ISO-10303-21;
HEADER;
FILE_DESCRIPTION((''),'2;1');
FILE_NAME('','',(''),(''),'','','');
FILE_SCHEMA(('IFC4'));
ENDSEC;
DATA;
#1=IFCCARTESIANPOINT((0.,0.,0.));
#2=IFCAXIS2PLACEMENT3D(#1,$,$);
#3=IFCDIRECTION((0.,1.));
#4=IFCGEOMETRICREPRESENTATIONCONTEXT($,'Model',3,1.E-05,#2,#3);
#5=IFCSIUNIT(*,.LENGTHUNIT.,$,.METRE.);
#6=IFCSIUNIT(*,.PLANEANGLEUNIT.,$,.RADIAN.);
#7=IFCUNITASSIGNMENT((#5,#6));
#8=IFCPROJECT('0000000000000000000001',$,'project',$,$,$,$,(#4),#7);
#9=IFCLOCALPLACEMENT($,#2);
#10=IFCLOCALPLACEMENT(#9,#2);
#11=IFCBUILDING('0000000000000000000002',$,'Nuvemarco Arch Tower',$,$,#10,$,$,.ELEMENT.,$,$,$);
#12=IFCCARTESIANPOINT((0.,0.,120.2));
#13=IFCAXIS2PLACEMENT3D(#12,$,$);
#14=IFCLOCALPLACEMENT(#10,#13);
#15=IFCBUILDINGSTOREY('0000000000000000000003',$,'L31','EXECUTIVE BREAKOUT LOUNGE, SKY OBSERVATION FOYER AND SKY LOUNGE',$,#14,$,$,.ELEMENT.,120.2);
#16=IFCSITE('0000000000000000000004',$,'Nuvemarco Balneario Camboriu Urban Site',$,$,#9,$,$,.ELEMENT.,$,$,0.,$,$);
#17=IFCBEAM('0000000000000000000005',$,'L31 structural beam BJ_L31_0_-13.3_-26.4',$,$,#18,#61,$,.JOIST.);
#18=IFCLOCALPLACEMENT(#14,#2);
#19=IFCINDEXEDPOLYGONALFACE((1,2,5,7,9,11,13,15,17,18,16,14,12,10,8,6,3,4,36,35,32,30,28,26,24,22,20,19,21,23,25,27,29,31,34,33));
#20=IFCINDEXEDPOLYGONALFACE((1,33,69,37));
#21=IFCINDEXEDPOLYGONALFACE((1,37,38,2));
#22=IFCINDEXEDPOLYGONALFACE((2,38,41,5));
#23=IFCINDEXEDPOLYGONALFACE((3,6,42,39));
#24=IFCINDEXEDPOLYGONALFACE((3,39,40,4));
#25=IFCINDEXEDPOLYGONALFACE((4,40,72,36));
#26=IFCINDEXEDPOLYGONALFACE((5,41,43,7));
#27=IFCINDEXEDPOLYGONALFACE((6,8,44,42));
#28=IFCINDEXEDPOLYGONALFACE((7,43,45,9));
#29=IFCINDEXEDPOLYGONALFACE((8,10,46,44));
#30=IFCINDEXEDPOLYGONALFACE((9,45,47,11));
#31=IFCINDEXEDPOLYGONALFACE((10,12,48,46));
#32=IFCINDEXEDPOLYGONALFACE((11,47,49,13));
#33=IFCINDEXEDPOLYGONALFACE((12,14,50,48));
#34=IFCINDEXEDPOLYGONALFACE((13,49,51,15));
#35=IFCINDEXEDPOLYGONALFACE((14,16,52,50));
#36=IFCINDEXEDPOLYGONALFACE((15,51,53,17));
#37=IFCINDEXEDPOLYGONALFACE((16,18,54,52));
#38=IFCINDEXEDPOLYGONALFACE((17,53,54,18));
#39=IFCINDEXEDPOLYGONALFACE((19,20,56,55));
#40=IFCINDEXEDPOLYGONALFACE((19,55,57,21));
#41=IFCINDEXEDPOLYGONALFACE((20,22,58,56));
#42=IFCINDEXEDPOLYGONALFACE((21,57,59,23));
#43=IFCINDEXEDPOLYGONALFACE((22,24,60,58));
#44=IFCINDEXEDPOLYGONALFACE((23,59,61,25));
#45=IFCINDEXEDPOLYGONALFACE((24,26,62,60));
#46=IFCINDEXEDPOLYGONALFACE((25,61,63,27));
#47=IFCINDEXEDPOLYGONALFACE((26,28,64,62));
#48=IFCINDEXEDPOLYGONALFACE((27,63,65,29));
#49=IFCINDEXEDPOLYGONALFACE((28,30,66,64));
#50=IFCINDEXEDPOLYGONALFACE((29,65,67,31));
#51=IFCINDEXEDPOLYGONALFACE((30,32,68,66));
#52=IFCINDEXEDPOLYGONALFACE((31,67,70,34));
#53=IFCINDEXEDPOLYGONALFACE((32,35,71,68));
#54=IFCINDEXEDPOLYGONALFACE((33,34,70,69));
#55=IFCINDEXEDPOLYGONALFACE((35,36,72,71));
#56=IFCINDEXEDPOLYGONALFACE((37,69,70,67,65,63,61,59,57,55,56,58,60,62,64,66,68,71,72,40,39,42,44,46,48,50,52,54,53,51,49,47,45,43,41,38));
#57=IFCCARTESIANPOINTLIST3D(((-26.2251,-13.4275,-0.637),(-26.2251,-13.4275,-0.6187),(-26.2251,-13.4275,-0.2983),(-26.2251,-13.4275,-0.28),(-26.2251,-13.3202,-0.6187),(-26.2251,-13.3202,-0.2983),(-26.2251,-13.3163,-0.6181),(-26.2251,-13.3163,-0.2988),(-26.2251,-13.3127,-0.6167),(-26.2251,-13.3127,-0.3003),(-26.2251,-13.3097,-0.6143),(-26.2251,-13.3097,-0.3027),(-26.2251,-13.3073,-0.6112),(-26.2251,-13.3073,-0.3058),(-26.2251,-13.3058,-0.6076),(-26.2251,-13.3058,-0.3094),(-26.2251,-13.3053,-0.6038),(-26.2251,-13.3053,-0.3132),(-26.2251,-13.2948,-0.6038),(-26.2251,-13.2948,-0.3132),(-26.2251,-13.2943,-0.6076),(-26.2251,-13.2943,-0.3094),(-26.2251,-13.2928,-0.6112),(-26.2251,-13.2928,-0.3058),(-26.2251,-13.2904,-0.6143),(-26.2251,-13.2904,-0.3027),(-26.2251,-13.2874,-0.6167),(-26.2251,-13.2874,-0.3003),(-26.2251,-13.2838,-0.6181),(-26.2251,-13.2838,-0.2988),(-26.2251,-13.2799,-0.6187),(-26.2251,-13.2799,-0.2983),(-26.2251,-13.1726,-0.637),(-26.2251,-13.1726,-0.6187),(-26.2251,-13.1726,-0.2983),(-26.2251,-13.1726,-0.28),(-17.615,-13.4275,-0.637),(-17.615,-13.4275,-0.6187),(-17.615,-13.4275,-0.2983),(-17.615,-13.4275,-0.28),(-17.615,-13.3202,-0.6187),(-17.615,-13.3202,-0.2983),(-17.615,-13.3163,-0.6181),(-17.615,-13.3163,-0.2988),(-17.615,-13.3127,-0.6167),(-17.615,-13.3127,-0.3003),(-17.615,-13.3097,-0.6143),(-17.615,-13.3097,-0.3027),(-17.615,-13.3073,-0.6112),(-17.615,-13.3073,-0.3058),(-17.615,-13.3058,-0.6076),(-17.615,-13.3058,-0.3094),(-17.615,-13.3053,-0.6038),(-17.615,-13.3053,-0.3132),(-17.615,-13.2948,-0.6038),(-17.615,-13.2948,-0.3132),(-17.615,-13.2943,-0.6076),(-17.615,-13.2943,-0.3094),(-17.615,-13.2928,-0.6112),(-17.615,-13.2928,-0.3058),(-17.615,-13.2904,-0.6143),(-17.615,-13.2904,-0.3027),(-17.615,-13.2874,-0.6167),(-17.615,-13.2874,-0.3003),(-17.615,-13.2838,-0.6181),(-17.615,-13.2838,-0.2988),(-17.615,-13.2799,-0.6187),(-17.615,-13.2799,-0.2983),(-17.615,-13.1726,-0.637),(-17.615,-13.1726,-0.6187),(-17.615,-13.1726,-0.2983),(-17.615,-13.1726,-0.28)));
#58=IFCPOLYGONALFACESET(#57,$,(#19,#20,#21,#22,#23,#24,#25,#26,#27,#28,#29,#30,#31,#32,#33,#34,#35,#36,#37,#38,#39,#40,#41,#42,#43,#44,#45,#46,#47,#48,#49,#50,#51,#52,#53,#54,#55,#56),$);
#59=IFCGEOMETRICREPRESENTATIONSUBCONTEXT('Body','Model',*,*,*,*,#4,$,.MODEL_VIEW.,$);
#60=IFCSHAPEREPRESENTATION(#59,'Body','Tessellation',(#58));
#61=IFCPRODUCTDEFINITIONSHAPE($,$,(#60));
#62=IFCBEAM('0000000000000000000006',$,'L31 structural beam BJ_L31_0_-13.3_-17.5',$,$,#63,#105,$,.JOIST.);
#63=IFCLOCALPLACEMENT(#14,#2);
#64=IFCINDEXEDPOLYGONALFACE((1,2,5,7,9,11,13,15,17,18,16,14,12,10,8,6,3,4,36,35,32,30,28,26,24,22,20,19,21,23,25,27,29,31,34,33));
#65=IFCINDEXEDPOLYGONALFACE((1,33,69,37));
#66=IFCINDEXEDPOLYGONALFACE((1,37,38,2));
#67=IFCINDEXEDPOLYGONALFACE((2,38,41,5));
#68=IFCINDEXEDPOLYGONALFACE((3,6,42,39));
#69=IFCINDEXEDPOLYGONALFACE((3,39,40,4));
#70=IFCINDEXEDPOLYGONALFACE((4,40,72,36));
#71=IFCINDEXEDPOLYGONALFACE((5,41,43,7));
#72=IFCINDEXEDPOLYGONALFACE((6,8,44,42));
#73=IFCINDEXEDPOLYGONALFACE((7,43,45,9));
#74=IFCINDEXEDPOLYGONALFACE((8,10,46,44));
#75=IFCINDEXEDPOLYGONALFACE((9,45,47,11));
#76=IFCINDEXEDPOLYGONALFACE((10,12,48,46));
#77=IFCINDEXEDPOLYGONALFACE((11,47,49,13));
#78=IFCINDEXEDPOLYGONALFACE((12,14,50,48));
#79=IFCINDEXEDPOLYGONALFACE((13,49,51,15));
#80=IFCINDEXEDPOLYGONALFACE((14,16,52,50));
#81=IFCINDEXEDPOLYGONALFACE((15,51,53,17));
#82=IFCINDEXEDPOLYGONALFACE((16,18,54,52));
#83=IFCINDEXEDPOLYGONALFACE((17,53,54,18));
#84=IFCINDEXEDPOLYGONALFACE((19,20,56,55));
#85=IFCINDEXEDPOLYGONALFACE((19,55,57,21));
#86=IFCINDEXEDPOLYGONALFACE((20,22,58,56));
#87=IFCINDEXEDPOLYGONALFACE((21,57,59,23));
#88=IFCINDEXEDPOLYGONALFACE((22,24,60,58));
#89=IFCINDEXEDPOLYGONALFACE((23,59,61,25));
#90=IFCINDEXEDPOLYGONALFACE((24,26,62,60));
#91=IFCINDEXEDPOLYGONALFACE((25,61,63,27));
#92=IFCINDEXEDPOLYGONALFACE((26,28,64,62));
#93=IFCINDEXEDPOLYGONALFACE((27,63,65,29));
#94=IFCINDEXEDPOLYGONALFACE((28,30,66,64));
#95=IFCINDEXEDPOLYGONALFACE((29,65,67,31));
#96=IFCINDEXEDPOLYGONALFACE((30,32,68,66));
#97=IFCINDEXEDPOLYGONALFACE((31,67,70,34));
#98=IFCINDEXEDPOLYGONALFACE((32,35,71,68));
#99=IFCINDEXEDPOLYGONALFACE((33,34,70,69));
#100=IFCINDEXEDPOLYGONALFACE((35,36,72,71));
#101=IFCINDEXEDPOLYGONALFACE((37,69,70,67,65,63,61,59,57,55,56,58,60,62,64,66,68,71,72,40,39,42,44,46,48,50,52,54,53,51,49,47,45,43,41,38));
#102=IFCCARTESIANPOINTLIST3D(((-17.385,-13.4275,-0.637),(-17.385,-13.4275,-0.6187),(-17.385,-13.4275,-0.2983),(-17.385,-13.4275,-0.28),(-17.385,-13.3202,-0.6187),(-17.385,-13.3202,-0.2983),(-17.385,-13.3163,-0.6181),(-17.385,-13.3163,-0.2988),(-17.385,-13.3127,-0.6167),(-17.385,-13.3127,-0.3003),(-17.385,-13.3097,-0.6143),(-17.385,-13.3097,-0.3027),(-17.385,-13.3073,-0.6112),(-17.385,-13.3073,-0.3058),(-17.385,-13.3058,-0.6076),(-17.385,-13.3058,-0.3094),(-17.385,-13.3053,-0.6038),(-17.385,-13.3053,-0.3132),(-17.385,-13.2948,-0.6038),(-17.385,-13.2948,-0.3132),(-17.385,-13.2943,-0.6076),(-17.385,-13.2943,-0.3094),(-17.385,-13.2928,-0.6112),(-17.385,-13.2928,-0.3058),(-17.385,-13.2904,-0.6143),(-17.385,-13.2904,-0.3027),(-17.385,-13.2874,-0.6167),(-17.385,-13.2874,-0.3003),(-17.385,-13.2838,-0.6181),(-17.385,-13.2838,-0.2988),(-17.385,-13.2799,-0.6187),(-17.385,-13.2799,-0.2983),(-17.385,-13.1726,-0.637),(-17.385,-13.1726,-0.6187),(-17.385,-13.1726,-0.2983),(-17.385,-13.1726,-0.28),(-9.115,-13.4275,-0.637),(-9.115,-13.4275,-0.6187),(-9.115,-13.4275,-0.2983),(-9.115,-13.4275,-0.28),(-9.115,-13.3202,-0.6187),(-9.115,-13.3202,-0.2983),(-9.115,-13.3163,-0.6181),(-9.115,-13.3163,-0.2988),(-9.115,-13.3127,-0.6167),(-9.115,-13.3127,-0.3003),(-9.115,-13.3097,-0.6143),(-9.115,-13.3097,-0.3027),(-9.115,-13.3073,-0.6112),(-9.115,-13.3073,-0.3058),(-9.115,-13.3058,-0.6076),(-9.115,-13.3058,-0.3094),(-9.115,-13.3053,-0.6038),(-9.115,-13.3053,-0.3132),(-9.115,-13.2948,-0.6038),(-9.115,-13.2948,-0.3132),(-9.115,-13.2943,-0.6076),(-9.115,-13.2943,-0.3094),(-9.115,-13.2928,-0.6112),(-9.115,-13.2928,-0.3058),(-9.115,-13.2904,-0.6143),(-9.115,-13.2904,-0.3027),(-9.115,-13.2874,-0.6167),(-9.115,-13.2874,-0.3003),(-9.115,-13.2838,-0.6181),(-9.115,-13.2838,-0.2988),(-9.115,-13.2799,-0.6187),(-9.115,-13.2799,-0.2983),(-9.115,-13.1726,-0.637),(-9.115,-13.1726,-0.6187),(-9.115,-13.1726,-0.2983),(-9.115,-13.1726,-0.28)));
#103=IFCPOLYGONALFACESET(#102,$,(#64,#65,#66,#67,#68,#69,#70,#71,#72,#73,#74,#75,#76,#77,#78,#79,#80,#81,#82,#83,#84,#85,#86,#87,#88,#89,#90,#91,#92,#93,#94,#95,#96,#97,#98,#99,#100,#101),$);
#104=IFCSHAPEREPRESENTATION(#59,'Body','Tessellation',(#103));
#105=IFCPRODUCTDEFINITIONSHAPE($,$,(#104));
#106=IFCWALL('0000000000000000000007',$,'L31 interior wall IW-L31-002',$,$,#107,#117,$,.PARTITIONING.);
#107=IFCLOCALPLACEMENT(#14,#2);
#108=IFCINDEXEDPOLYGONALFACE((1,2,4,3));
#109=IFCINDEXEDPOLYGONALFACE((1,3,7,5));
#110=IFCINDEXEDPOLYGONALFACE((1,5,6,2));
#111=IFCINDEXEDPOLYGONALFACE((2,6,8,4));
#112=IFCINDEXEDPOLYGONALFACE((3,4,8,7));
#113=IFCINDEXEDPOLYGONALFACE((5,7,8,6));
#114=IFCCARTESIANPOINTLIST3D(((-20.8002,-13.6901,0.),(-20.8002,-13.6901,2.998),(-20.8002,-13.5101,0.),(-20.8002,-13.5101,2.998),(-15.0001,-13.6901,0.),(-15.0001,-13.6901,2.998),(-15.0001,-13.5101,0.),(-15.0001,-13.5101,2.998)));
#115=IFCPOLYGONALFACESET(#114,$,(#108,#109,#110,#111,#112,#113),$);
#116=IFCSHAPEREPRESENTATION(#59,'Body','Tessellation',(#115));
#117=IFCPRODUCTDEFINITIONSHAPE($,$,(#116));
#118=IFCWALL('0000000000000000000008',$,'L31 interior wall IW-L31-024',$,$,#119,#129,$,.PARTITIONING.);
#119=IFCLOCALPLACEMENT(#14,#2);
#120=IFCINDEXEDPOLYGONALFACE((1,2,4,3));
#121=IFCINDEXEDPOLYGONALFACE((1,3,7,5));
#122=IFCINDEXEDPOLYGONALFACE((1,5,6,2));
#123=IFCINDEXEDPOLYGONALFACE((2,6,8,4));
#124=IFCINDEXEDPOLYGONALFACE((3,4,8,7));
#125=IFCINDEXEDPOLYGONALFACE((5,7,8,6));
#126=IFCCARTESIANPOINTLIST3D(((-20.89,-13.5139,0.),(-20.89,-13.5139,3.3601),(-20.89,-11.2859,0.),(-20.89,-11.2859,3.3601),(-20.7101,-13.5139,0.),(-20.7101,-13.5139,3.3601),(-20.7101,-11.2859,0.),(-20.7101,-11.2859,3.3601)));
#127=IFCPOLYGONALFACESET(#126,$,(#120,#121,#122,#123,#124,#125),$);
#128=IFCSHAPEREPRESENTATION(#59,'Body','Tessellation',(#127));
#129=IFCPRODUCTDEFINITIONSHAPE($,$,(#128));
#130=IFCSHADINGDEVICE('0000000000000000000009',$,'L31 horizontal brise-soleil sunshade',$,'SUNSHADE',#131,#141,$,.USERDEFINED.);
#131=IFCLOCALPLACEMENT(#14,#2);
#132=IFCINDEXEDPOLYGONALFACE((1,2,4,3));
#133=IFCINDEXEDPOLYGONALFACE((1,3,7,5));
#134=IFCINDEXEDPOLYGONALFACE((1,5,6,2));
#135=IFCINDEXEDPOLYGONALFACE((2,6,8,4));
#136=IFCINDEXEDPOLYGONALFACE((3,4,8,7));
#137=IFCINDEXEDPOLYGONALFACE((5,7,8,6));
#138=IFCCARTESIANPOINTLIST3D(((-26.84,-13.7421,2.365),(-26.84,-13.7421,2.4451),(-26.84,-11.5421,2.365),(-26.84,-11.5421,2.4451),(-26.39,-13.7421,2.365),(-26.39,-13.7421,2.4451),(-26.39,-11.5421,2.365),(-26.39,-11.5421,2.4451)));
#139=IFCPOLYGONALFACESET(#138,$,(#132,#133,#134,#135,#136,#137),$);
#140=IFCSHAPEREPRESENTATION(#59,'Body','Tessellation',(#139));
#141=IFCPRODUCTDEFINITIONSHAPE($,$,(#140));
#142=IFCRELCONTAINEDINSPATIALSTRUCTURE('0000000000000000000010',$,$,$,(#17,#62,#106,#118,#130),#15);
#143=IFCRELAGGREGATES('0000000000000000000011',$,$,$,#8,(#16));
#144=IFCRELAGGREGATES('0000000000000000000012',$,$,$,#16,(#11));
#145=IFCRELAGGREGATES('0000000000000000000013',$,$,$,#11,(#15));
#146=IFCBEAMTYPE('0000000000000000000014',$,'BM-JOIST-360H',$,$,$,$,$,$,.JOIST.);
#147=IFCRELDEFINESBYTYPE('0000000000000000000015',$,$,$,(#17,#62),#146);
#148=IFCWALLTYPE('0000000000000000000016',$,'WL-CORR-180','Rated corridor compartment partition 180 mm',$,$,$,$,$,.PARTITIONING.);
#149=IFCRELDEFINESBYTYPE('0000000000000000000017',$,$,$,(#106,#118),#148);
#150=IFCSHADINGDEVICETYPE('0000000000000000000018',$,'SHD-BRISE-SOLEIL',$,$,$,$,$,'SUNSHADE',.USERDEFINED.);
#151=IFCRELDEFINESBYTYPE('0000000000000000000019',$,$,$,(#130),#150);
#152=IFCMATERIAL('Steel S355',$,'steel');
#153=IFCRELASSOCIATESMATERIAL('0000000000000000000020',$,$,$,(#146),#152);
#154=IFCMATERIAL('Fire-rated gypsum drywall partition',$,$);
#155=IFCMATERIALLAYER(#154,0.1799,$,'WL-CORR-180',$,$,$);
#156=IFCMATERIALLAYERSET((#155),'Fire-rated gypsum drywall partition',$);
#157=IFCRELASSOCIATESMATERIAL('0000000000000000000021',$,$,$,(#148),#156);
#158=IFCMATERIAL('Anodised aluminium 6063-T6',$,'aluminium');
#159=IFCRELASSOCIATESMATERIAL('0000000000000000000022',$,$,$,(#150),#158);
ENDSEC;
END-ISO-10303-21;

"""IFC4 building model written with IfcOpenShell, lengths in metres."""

from ifc_helpers import new_model, si_unit, direction, frame, frame_2d, origin, origin_2d, place, context, subcontext, project, spatial, rectangle, i_section, extrude, source, transform, mapped, material, layer, layer_set, material_profile, profile_set, type_object, type_shapes, element, save


model = new_model("IFC4")

# Units and contexts
model_context = context("Model", 3, precision=1e-05, world=origin(), true_north=direction((0.0, 1.0)))
body_context = subcontext(model_context, "Body", "Model", "MODEL_VIEW")
ifc_project = project(units=[si_unit("LENGTHUNIT", "METRE"), si_unit("PLANEANGLEUNIT", "RADIAN")], contexts=[model_context])

# Site, building, storey
site_placement = place(None, origin())
site = spatial("IfcSite", under=ifc_project, at=site_placement, Name="Nuvemarco Balneario Camboriu Urban Site", CompositionType="ELEMENT", RefElevation=0.0)
building_placement = place(site_placement, origin())
building = spatial("IfcBuilding", under=site, at=building_placement, Name="Nuvemarco Arch Tower", CompositionType="ELEMENT")
storey_placement = place(building_placement, frame((0.0, 0.0, 120.2)))
storey = spatial("IfcBuildingStorey", under=building, at=storey_placement, Name="L31", Description="EXECUTIVE BREAKOUT LOUNGE, SKY OBSERVATION FOYER AND SKY LOUNGE", CompositionType="ELEMENT", Elevation=120.2)

# Shared definitions
ifc_material_1 = material(Name="Steel S355", Category="steel")

# Beams
ifc_material_profile_1 = material_profile(ifc_material_1, i_section(OverallWidth=0.2549, OverallDepth=0.3569, WebThickness=0.0105, FlangeThickness=0.0183, FilletRadius=0.0149, at=origin_2d()), Name="W360x101")
ifc_profile_set_1 = profile_set([ifc_material_profile_1], Name="Steel S355")
beam_type_1 = type_object("IfcBeamType", Name="BM-JOIST-360H", PredefinedType="JOIST", material=ifc_profile_set_1)
beam_1_placement = place(storey_placement, frame((-26.2251, -13.3, -0.4585), z_axis=(1.0, 0.0, 0.0), x_axis=(0.0, 1.0, 0.0)))
element("IfcBeam", 1, at=beam_1_placement, inside=storey, type_object=beam_type_1, Name="L31 structural beam BJ_L31_0_-13.3_-26.4", PredefinedType="JOIST", context=body_context, shape_type="SweptSolid", body=[
    extrude(i_section(OverallWidth=0.2549, OverallDepth=0.3569, WebThickness=0.0105, FlangeThickness=0.0183, FilletRadius=0.0149, at=origin_2d()), origin(), (0.0, 0.0, 1.0), 8.6101),
])
beam_2_placement = place(storey_placement, frame((-17.385, -13.3, -0.4585), z_axis=(1.0, 0.0, 0.0), x_axis=(0.0, 1.0, 0.0)))
element("IfcBeam", 2, at=beam_2_placement, inside=storey, type_object=beam_type_1, Name="L31 structural beam BJ_L31_0_-13.3_-17.5", PredefinedType="JOIST", context=body_context, shape_type="SweptSolid", body=[
    extrude(i_section(OverallWidth=0.2549, OverallDepth=0.3569, WebThickness=0.0105, FlangeThickness=0.0183, FilletRadius=0.0149, at=origin_2d()), origin(), (0.0, 0.0, 1.0), 8.27),
])

# Walls
ifc_material_2 = material(Name="Fire-rated gypsum drywall partition")
ifc_layer = layer(ifc_material_2, 0.1799, Name="WL-CORR-180")
ifc_layer_set = layer_set([ifc_layer], Name="Fire-rated gypsum drywall partition")
wall_type = type_object("IfcWallType", Name="WL-CORR-180", Description="Rated corridor compartment partition 180 mm", PredefinedType="PARTITIONING", material=ifc_layer_set)
wall_1_placement = place(storey_placement, frame((-20.8, -13.6001, 0.0), z_axis=(0.0, 0.0, 1.0), x_axis=(1.0, 0.0, 0.0)))
element("IfcWall", 3, at=wall_1_placement, inside=storey, type_object=wall_type, Name="L31 interior wall IW-L31-002", PredefinedType="PARTITIONING", context=body_context, shape_type="SweptSolid", body=[
    extrude(rectangle(XDim=5.8, YDim=0.1799, at=frame_2d((2.8999, 0.0))), origin(), (0.0, 0.0, 1.0), 2.998),
])
wall_2_placement = place(storey_placement, frame((-20.8, -13.5139, 0.0), z_axis=(0.0, 0.0, 1.0), x_axis=(0.0, 1.0, 0.0)))
element("IfcWall", 4, at=wall_2_placement, inside=storey, type_object=wall_type, Name="L31 interior wall IW-L31-024", PredefinedType="PARTITIONING", context=body_context, shape_type="SweptSolid", body=[
    extrude(rectangle(XDim=2.228, YDim=0.1799, at=frame_2d((1.114, 0.0))), origin(), (0.0, 0.0, 1.0), 3.3601),
])

# Shading device
ifc_material_3 = material(Name="Anodised aluminium 6063-T6", Category="aluminium")
shading_device_type = type_object("IfcShadingDeviceType", Name="SHD-BRISE-SOLEIL", ElementType="SUNSHADE", PredefinedType="USERDEFINED", material=ifc_material_3)
shared_shape = source(origin(), body_context, "Body", "SweptSolid", [
    extrude(rectangle(XDim=2.2, YDim=0.45, at=origin_2d()), origin(), (0.0, 0.0, 1.0), 0.0801),
])
type_shapes(shading_device_type, [shared_shape])
shading_device_placement = place(storey_placement, frame((-26.615, -12.6421, 2.365), z_axis=(0.0, 0.0, 1.0), x_axis=(0.0, 1.0, 0.0)))
element("IfcShadingDevice", 5, at=shading_device_placement, inside=storey, type_object=shading_device_type, Name="L31 horizontal brise-soleil sunshade", ObjectType="SUNSHADE", PredefinedType="USERDEFINED", context=body_context, shape_type="MappedRepresentation", body=[
    mapped(shared_shape, transform((0.0, 0.0, 0.0), scale=1.0)),
])

save(model, "model.ifc")
